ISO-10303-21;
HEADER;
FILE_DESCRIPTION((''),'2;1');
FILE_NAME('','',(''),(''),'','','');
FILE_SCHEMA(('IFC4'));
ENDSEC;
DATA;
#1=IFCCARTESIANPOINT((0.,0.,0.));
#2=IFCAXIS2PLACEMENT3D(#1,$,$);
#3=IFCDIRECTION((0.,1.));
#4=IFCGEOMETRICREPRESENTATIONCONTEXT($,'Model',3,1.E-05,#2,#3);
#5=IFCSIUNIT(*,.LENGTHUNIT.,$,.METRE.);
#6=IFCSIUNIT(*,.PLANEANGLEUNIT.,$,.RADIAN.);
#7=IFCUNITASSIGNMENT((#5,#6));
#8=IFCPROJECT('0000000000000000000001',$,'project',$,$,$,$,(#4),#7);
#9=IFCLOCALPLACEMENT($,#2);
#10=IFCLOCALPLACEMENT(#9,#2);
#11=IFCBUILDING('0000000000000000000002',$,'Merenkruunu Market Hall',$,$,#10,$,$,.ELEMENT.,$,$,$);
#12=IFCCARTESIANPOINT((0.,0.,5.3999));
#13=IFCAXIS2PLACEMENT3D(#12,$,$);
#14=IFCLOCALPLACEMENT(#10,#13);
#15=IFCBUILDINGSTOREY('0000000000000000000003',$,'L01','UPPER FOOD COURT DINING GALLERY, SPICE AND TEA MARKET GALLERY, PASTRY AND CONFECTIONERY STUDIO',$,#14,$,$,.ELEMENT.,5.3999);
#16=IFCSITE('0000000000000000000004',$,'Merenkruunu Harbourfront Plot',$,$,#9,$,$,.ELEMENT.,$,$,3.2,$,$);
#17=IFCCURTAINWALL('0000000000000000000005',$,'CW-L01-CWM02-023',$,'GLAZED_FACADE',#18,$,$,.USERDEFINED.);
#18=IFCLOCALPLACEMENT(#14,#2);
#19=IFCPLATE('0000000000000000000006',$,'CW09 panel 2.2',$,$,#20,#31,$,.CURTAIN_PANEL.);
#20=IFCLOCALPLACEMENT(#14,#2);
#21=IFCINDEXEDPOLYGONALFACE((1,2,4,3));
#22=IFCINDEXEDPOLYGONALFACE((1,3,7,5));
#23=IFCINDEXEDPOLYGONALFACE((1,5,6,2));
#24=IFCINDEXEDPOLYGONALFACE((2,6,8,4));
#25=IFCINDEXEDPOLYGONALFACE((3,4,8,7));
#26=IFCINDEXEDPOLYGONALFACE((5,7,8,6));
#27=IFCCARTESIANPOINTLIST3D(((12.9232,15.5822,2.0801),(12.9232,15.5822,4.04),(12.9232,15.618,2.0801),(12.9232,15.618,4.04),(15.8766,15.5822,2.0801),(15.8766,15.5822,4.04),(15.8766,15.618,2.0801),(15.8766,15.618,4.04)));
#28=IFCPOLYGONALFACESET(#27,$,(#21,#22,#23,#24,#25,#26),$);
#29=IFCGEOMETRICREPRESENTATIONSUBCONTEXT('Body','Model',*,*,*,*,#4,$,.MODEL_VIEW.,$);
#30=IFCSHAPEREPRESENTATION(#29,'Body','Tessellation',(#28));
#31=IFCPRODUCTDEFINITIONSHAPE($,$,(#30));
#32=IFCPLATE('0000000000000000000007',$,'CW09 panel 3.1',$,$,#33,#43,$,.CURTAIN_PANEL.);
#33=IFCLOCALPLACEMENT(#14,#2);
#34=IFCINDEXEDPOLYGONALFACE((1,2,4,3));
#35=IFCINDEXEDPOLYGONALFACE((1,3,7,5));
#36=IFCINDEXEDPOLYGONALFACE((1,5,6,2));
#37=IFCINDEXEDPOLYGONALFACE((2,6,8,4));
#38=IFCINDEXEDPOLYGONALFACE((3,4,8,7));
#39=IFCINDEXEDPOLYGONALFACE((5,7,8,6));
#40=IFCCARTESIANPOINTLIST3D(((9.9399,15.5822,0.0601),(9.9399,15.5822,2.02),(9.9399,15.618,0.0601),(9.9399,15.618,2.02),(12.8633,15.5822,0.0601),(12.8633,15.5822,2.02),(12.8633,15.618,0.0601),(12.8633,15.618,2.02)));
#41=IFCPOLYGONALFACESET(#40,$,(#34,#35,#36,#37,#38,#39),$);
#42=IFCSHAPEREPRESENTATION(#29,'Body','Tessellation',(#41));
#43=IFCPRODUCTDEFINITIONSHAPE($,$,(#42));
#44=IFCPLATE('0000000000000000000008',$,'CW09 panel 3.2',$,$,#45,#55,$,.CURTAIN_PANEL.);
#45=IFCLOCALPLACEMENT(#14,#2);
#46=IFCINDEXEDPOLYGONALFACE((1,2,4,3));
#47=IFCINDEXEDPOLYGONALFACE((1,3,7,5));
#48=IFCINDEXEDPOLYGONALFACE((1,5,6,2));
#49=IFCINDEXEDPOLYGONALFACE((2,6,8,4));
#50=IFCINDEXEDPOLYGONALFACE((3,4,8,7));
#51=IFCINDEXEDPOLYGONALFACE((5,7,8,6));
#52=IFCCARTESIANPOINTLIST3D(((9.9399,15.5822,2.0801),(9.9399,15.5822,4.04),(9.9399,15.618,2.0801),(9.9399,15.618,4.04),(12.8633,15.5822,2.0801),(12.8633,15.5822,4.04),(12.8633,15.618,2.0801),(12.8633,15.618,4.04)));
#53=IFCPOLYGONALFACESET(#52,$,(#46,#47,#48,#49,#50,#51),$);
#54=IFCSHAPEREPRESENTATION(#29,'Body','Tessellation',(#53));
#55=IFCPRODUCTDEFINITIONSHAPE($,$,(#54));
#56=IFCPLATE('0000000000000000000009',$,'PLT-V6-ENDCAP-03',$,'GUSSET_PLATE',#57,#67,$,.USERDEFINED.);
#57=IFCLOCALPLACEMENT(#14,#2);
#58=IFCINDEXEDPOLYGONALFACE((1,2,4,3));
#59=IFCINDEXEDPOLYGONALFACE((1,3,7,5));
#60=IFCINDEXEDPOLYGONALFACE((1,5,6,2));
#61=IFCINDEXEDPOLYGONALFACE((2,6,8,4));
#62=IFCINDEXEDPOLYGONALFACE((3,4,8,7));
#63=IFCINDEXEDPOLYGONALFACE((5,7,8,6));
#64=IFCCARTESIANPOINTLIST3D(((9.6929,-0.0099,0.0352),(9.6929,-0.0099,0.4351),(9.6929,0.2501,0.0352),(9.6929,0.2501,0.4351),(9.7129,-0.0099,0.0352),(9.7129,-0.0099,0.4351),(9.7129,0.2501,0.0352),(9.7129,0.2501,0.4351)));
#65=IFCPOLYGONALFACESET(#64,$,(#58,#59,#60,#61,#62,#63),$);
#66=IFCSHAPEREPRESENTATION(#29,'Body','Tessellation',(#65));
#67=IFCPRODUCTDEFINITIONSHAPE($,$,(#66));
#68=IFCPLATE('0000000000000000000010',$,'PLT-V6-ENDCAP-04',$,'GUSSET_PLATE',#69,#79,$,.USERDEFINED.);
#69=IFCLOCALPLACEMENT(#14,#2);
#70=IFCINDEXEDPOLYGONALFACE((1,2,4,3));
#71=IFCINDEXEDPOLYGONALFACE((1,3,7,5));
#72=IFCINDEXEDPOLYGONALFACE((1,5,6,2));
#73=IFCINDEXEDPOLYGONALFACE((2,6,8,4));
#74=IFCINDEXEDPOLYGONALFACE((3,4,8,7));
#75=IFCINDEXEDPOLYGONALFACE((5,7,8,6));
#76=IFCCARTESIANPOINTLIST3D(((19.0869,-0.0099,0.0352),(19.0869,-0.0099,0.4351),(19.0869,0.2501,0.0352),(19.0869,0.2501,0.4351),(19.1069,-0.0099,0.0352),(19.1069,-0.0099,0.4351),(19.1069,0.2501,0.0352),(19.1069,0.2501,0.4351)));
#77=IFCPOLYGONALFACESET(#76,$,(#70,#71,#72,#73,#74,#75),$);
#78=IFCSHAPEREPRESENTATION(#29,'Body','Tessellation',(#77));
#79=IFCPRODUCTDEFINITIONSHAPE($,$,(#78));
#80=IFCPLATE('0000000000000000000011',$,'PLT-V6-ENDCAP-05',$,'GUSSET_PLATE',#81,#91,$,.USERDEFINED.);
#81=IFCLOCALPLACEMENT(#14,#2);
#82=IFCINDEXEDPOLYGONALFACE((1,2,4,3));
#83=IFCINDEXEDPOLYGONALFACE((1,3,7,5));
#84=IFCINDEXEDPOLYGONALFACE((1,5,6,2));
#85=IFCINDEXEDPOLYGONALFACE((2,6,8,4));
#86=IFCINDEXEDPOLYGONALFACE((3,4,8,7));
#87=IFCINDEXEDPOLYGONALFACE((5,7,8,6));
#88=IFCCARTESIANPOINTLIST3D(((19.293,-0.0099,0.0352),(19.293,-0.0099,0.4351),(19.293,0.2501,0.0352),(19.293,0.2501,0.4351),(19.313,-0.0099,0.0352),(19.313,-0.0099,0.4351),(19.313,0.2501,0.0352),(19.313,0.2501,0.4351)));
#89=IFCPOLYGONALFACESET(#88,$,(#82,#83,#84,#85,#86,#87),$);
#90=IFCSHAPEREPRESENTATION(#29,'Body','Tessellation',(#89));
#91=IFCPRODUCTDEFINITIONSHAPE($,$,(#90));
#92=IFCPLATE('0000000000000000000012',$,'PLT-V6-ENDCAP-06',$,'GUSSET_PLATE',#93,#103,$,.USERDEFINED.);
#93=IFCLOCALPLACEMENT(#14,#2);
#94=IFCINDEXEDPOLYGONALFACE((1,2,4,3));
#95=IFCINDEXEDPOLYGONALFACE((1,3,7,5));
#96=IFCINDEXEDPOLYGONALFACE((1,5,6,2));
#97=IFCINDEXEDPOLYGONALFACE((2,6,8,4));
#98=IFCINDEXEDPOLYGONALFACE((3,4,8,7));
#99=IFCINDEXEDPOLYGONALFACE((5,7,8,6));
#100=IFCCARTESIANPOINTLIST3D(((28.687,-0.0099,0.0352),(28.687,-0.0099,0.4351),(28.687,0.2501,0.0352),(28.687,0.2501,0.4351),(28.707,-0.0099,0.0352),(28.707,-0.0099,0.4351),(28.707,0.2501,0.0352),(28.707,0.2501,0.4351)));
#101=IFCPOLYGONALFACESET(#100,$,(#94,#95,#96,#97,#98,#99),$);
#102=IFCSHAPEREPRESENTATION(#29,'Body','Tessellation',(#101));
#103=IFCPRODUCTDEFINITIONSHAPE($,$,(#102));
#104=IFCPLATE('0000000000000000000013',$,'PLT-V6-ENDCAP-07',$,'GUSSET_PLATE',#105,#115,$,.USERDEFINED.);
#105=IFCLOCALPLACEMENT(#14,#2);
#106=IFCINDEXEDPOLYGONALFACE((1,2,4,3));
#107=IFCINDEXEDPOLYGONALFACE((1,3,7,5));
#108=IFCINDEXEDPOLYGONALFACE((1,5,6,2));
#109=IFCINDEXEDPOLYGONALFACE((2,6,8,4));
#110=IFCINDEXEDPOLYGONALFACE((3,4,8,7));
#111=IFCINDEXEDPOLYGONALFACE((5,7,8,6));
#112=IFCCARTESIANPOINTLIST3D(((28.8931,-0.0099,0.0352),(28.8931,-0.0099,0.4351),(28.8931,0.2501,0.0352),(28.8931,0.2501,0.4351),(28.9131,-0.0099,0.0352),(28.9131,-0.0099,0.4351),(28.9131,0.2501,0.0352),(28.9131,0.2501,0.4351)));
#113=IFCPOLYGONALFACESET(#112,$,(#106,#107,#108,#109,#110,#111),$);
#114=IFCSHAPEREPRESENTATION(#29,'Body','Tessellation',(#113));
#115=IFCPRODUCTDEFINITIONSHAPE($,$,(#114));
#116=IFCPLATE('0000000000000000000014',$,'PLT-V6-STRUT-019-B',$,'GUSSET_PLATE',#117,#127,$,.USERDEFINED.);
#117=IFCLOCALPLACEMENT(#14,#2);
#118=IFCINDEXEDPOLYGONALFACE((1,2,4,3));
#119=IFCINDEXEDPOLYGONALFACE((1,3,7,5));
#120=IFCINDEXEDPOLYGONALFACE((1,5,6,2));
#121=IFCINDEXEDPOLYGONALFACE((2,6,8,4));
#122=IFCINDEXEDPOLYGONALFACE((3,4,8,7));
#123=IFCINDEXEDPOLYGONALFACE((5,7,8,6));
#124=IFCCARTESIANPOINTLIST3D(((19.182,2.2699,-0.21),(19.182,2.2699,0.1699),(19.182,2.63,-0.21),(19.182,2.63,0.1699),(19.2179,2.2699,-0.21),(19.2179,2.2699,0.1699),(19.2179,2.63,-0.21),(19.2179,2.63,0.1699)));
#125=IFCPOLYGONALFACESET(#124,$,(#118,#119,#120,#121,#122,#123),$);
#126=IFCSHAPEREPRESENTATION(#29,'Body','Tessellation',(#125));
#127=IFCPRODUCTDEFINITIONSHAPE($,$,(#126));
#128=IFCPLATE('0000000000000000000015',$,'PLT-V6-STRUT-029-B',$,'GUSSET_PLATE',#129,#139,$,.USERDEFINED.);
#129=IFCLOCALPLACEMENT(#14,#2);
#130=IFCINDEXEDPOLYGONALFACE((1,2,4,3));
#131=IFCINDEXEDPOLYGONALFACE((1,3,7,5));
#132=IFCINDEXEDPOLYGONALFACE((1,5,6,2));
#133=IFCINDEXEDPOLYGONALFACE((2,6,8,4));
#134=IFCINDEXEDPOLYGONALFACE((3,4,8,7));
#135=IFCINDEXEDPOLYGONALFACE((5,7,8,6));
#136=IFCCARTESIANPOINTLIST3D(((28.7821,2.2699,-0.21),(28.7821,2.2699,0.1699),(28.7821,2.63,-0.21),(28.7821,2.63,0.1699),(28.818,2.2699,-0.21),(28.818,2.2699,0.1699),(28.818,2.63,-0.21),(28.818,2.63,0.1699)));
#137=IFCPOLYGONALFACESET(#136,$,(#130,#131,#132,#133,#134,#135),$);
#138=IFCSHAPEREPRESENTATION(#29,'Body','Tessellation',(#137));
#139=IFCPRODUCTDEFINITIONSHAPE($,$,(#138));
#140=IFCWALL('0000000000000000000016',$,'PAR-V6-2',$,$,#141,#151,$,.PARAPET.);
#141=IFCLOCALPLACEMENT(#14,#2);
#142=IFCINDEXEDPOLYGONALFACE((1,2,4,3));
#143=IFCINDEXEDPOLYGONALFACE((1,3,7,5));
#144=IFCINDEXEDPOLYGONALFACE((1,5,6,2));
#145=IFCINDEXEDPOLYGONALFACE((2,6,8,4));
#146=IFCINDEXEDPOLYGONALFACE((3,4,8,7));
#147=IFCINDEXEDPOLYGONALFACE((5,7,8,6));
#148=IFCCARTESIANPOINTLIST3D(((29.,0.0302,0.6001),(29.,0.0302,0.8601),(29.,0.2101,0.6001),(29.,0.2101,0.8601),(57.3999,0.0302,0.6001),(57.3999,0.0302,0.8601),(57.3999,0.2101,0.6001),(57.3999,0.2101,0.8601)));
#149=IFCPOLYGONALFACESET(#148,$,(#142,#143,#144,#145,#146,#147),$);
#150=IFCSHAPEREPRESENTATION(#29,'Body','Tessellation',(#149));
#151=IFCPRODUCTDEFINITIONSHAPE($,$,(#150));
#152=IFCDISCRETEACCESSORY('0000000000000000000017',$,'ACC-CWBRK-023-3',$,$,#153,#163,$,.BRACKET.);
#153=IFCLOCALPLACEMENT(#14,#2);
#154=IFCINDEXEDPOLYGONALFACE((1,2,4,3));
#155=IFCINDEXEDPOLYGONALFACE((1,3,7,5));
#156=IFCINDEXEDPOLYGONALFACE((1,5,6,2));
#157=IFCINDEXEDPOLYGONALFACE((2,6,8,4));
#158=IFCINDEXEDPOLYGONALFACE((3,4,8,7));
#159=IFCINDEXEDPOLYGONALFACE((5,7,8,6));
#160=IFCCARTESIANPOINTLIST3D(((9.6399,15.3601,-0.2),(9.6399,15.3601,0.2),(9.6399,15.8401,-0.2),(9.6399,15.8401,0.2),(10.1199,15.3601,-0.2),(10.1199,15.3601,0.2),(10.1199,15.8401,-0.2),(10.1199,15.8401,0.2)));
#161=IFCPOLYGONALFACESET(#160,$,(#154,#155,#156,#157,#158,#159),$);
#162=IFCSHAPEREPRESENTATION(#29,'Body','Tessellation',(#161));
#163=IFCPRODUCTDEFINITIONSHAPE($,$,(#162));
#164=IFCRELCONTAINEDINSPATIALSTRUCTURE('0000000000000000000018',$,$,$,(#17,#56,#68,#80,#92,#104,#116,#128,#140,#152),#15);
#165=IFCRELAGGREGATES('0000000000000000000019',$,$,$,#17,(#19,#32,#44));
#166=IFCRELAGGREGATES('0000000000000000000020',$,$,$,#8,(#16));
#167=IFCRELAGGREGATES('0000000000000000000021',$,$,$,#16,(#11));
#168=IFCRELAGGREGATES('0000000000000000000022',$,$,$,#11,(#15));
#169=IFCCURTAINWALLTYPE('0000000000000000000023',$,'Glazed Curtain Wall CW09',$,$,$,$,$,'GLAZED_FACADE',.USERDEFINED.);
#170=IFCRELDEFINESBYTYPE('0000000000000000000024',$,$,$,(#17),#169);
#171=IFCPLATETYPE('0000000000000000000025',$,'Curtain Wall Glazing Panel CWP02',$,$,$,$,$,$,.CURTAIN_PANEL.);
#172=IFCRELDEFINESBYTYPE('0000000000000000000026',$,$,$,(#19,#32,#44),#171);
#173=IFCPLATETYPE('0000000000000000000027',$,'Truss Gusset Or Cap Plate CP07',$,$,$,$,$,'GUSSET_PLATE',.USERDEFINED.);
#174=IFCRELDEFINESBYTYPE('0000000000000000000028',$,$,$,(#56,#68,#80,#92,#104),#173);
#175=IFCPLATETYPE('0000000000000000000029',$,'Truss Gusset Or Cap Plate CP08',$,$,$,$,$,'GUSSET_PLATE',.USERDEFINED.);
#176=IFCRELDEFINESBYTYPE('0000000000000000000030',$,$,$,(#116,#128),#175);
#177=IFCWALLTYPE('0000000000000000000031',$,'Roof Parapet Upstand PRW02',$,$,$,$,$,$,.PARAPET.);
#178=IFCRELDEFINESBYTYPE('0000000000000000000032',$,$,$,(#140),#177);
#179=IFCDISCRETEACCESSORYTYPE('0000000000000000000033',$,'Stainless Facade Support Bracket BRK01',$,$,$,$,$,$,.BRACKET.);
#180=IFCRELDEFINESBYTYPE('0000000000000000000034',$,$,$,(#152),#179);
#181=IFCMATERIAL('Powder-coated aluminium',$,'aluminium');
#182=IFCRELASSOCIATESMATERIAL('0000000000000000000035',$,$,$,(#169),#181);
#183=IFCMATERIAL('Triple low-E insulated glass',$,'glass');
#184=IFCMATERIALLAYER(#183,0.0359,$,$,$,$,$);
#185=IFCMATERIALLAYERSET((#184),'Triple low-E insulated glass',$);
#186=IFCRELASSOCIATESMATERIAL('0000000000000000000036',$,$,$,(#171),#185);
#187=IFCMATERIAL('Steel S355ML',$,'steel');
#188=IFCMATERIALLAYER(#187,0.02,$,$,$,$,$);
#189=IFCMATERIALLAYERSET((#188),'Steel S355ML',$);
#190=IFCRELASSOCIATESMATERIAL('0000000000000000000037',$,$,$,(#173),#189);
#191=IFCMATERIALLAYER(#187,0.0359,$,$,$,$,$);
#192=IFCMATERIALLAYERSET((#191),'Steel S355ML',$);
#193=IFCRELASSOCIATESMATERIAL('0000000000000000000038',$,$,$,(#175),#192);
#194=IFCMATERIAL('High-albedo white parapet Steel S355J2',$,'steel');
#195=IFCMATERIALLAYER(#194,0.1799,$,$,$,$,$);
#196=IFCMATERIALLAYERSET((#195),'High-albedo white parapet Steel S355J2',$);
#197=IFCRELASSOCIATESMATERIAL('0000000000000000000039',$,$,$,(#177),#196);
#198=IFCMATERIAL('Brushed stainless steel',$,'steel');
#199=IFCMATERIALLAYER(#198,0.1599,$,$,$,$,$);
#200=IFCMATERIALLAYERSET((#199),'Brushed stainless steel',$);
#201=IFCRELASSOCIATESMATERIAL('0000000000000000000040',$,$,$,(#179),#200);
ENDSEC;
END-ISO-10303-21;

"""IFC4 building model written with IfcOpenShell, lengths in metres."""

from ifc_helpers import new_model, si_unit, direction, frame, frame_2d, origin, origin_2d, place, context, subcontext, project, spatial, rectangle, extrude, material, layer, layer_set, type_object, element, aggregate, save


model = new_model("IFC4")

# Units and contexts
model_context = context("Model", 3, precision=1e-05, world=origin(), true_north=direction((0.0, 1.0)))
body_context = subcontext(model_context, "Body", "Model", "MODEL_VIEW")
ifc_project = project(units=[si_unit("LENGTHUNIT", "METRE"), si_unit("PLANEANGLEUNIT", "RADIAN")], contexts=[model_context])

# Site, building, storey
site_placement = place(None, origin())
site = spatial("IfcSite", under=ifc_project, at=site_placement, Name="Merenkruunu Harbourfront Plot", CompositionType="ELEMENT", RefElevation=3.2)
building_placement = place(site_placement, origin())
building = spatial("IfcBuilding", under=site, at=building_placement, Name="Merenkruunu Market Hall", CompositionType="ELEMENT")
storey_placement = place(building_placement, frame((0.0, 0.0, 5.3999)))
storey = spatial("IfcBuildingStorey", under=building, at=storey_placement, Name="L01", Description="UPPER FOOD COURT DINING GALLERY, SPICE AND TEA MARKET GALLERY, PASTRY AND CONFECTIONERY STUDIO", CompositionType="ELEMENT", Elevation=5.3999)

# Curtain wall
ifc_material_1 = material(Name="Powder-coated aluminium", Category="aluminium")
curtain_wall_type = type_object("IfcCurtainWallType", Name="Glazed Curtain Wall CW09", ElementType="GLAZED_FACADE", PredefinedType="USERDEFINED", material=ifc_material_1)
curtain_wall_placement = place(storey_placement, origin())
curtain_wall = element("IfcCurtainWall", 1, at=curtain_wall_placement, inside=storey, type_object=curtain_wall_type, Name="CW-L01-CWM02-023", ObjectType="GLAZED_FACADE", PredefinedType="USERDEFINED")

# Shared definitions
ifc_material_2 = material(Name="Steel S355ML", Category="steel")

# Plates
ifc_material_3 = material(Name="Triple low-E insulated glass", Category="glass")
ifc_layer_1 = layer(ifc_material_3, 0.0359)
ifc_layer_set_1 = layer_set([ifc_layer_1], Name="Triple low-E insulated glass")
plate_type_1 = type_object("IfcPlateType", Name="Curtain Wall Glazing Panel CWP02", PredefinedType="CURTAIN_PANEL", material=ifc_layer_set_1)
plate_1_placement = place(storey_placement, frame((14.3999, 15.6001, 2.0801), z_axis=(0.0, 0.0, 1.0), x_axis=(-1.0, 0.0, 0.0)))
plate_1 = element("IfcPlate", 2, at=plate_1_placement, type_object=plate_type_1, Name="CW09 panel 2.2", PredefinedType="CURTAIN_PANEL", context=body_context, shape_type="SweptSolid", body=[
    extrude(rectangle(XDim=2.9534, YDim=0.0359, at=origin_2d()), origin(), (0.0, 0.0, 1.0), 1.96),
])
plate_2_placement = place(storey_placement, frame((11.4016, 15.6001, 0.0601), z_axis=(0.0, 0.0, 1.0), x_axis=(-1.0, 0.0, 0.0)))
plate_2 = element("IfcPlate", 3, at=plate_2_placement, type_object=plate_type_1, Name="CW09 panel 3.1", PredefinedType="CURTAIN_PANEL", context=body_context, shape_type="SweptSolid", body=[
    extrude(rectangle(XDim=2.9233, YDim=0.0359, at=origin_2d()), origin(), (0.0, 0.0, 1.0), 1.96),
])
plate_3_placement = place(storey_placement, frame((11.4016, 15.6001, 2.0801), z_axis=(0.0, 0.0, 1.0), x_axis=(-1.0, 0.0, 0.0)))
plate_3 = element("IfcPlate", 4, at=plate_3_placement, type_object=plate_type_1, Name="CW09 panel 3.2", PredefinedType="CURTAIN_PANEL", context=body_context, shape_type="SweptSolid", body=[
    extrude(rectangle(XDim=2.9233, YDim=0.0359, at=origin_2d()), origin(), (0.0, 0.0, 1.0), 1.96),
])
aggregate(curtain_wall, [plate_1, plate_2, plate_3])

# Plates
ifc_layer_2 = layer(ifc_material_2, 0.02)
ifc_layer_set_2 = layer_set([ifc_layer_2], Name="Steel S355ML")
plate_type_2 = type_object("IfcPlateType", Name="Truss Gusset Or Cap Plate CP07", ElementType="GUSSET_PLATE", PredefinedType="USERDEFINED", material=ifc_layer_set_2)
for number, where, z_axis, x_axis, name in (
    (5, (9.7029, 0.1201, 0.0352), (0.0, 0.0, 1.0), (1.0, 0.0, 0.0), "PLT-V6-ENDCAP-03"),
    (6, (19.0969, 0.1201, 0.0352), (0.0, 0.0, 1.0), (1.0, 0.0, 0.0), "PLT-V6-ENDCAP-04"),
    (7, (19.303, 0.1201, 0.0352), (0.0, 0.0, 1.0), (1.0, 0.0, 0.0), "PLT-V6-ENDCAP-05"),
    (8, (28.697, 0.1201, 0.0352), (0.0, 0.0, 1.0), (1.0, 0.0, 0.0), "PLT-V6-ENDCAP-06"),
    (9, (28.9031, 0.1201, 0.0352), (0.0, 0.0, 1.0), (1.0, 0.0, 0.0), "PLT-V6-ENDCAP-07"),
):
    element("IfcPlate", number, at=place(storey_placement, frame(where, z_axis=z_axis, x_axis=x_axis)), inside=storey, type_object=plate_type_2, Name=name, ObjectType="GUSSET_PLATE", PredefinedType="USERDEFINED", context=body_context, shape_type="SweptSolid", body=[
        extrude(rectangle(XDim=0.02, YDim=0.26, at=origin_2d()), origin(), (0.0, 0.0, 1.0), 0.3999),
    ])
ifc_layer_3 = layer(ifc_material_2, 0.0359)
ifc_layer_set_3 = layer_set([ifc_layer_3], Name="Steel S355ML")
plate_type_3 = type_object("IfcPlateType", Name="Truss Gusset Or Cap Plate CP08", ElementType="GUSSET_PLATE", PredefinedType="USERDEFINED", material=ifc_layer_set_3)
for number, where, z_axis, x_axis, name in (
    (10, (19.2, 2.45, -0.21), (0.0, 0.0, 1.0), (1.0, 0.0, 0.0), "PLT-V6-STRUT-019-B"),
    (11, (28.8, 2.45, -0.21), (0.0, 0.0, 1.0), (1.0, 0.0, 0.0), "PLT-V6-STRUT-029-B"),
):
    element("IfcPlate", number, at=place(storey_placement, frame(where, z_axis=z_axis, x_axis=x_axis)), inside=storey, type_object=plate_type_3, Name=name, ObjectType="GUSSET_PLATE", PredefinedType="USERDEFINED", context=body_context, shape_type="SweptSolid", body=[
        extrude(rectangle(XDim=0.0359, YDim=0.3601, at=origin_2d()), origin(), (0.0, 0.0, 1.0), 0.3799),
    ])

# Wall
ifc_material_4 = material(Name="High-albedo white parapet Steel S355J2", Category="steel")
ifc_layer_4 = layer(ifc_material_4, 0.1799)
ifc_layer_set_4 = layer_set([ifc_layer_4], Name="High-albedo white parapet Steel S355J2")
wall_type = type_object("IfcWallType", Name="Roof Parapet Upstand PRW02", PredefinedType="PARAPET", material=ifc_layer_set_4)
wall_placement = place(storey_placement, frame((29.0, 0.1201, 0.6001), z_axis=(0.0, 0.0, 1.0), x_axis=(1.0, 0.0, 0.0)))
element("IfcWall", 12, at=wall_placement, inside=storey, type_object=wall_type, Name="PAR-V6-2", PredefinedType="PARAPET", context=body_context, shape_type="SweptSolid", body=[
    extrude(rectangle(XDim=28.3999, YDim=0.1799, at=frame_2d((14.2, 0.0))), origin(), (0.0, 0.0, 1.0), 0.26),
])

# Discrete accessory
ifc_material_5 = material(Name="Brushed stainless steel", Category="steel")
ifc_layer_5 = layer(ifc_material_5, 0.1599)
ifc_layer_set_5 = layer_set([ifc_layer_5], Name="Brushed stainless steel")
discrete_accessory_type = type_object("IfcDiscreteAccessoryType", Name="Stainless Facade Support Bracket BRK01", PredefinedType="BRACKET", material=ifc_layer_set_5)
discrete_accessory_placement = place(storey_placement, frame((9.8799, 15.6001, -0.2), z_axis=(0.0, 0.0, 1.0), x_axis=(1.0, 0.0, 0.0)))
element("IfcDiscreteAccessory", 13, at=discrete_accessory_placement, inside=storey, type_object=discrete_accessory_type, Name="ACC-CWBRK-023-3", PredefinedType="BRACKET", context=body_context, shape_type="SweptSolid", body=[
    extrude(rectangle(XDim=0.48, YDim=0.48, at=origin_2d()), origin(), (0.0, 0.0, 1.0), 0.3999),
])

save(model, "model.ifc")
